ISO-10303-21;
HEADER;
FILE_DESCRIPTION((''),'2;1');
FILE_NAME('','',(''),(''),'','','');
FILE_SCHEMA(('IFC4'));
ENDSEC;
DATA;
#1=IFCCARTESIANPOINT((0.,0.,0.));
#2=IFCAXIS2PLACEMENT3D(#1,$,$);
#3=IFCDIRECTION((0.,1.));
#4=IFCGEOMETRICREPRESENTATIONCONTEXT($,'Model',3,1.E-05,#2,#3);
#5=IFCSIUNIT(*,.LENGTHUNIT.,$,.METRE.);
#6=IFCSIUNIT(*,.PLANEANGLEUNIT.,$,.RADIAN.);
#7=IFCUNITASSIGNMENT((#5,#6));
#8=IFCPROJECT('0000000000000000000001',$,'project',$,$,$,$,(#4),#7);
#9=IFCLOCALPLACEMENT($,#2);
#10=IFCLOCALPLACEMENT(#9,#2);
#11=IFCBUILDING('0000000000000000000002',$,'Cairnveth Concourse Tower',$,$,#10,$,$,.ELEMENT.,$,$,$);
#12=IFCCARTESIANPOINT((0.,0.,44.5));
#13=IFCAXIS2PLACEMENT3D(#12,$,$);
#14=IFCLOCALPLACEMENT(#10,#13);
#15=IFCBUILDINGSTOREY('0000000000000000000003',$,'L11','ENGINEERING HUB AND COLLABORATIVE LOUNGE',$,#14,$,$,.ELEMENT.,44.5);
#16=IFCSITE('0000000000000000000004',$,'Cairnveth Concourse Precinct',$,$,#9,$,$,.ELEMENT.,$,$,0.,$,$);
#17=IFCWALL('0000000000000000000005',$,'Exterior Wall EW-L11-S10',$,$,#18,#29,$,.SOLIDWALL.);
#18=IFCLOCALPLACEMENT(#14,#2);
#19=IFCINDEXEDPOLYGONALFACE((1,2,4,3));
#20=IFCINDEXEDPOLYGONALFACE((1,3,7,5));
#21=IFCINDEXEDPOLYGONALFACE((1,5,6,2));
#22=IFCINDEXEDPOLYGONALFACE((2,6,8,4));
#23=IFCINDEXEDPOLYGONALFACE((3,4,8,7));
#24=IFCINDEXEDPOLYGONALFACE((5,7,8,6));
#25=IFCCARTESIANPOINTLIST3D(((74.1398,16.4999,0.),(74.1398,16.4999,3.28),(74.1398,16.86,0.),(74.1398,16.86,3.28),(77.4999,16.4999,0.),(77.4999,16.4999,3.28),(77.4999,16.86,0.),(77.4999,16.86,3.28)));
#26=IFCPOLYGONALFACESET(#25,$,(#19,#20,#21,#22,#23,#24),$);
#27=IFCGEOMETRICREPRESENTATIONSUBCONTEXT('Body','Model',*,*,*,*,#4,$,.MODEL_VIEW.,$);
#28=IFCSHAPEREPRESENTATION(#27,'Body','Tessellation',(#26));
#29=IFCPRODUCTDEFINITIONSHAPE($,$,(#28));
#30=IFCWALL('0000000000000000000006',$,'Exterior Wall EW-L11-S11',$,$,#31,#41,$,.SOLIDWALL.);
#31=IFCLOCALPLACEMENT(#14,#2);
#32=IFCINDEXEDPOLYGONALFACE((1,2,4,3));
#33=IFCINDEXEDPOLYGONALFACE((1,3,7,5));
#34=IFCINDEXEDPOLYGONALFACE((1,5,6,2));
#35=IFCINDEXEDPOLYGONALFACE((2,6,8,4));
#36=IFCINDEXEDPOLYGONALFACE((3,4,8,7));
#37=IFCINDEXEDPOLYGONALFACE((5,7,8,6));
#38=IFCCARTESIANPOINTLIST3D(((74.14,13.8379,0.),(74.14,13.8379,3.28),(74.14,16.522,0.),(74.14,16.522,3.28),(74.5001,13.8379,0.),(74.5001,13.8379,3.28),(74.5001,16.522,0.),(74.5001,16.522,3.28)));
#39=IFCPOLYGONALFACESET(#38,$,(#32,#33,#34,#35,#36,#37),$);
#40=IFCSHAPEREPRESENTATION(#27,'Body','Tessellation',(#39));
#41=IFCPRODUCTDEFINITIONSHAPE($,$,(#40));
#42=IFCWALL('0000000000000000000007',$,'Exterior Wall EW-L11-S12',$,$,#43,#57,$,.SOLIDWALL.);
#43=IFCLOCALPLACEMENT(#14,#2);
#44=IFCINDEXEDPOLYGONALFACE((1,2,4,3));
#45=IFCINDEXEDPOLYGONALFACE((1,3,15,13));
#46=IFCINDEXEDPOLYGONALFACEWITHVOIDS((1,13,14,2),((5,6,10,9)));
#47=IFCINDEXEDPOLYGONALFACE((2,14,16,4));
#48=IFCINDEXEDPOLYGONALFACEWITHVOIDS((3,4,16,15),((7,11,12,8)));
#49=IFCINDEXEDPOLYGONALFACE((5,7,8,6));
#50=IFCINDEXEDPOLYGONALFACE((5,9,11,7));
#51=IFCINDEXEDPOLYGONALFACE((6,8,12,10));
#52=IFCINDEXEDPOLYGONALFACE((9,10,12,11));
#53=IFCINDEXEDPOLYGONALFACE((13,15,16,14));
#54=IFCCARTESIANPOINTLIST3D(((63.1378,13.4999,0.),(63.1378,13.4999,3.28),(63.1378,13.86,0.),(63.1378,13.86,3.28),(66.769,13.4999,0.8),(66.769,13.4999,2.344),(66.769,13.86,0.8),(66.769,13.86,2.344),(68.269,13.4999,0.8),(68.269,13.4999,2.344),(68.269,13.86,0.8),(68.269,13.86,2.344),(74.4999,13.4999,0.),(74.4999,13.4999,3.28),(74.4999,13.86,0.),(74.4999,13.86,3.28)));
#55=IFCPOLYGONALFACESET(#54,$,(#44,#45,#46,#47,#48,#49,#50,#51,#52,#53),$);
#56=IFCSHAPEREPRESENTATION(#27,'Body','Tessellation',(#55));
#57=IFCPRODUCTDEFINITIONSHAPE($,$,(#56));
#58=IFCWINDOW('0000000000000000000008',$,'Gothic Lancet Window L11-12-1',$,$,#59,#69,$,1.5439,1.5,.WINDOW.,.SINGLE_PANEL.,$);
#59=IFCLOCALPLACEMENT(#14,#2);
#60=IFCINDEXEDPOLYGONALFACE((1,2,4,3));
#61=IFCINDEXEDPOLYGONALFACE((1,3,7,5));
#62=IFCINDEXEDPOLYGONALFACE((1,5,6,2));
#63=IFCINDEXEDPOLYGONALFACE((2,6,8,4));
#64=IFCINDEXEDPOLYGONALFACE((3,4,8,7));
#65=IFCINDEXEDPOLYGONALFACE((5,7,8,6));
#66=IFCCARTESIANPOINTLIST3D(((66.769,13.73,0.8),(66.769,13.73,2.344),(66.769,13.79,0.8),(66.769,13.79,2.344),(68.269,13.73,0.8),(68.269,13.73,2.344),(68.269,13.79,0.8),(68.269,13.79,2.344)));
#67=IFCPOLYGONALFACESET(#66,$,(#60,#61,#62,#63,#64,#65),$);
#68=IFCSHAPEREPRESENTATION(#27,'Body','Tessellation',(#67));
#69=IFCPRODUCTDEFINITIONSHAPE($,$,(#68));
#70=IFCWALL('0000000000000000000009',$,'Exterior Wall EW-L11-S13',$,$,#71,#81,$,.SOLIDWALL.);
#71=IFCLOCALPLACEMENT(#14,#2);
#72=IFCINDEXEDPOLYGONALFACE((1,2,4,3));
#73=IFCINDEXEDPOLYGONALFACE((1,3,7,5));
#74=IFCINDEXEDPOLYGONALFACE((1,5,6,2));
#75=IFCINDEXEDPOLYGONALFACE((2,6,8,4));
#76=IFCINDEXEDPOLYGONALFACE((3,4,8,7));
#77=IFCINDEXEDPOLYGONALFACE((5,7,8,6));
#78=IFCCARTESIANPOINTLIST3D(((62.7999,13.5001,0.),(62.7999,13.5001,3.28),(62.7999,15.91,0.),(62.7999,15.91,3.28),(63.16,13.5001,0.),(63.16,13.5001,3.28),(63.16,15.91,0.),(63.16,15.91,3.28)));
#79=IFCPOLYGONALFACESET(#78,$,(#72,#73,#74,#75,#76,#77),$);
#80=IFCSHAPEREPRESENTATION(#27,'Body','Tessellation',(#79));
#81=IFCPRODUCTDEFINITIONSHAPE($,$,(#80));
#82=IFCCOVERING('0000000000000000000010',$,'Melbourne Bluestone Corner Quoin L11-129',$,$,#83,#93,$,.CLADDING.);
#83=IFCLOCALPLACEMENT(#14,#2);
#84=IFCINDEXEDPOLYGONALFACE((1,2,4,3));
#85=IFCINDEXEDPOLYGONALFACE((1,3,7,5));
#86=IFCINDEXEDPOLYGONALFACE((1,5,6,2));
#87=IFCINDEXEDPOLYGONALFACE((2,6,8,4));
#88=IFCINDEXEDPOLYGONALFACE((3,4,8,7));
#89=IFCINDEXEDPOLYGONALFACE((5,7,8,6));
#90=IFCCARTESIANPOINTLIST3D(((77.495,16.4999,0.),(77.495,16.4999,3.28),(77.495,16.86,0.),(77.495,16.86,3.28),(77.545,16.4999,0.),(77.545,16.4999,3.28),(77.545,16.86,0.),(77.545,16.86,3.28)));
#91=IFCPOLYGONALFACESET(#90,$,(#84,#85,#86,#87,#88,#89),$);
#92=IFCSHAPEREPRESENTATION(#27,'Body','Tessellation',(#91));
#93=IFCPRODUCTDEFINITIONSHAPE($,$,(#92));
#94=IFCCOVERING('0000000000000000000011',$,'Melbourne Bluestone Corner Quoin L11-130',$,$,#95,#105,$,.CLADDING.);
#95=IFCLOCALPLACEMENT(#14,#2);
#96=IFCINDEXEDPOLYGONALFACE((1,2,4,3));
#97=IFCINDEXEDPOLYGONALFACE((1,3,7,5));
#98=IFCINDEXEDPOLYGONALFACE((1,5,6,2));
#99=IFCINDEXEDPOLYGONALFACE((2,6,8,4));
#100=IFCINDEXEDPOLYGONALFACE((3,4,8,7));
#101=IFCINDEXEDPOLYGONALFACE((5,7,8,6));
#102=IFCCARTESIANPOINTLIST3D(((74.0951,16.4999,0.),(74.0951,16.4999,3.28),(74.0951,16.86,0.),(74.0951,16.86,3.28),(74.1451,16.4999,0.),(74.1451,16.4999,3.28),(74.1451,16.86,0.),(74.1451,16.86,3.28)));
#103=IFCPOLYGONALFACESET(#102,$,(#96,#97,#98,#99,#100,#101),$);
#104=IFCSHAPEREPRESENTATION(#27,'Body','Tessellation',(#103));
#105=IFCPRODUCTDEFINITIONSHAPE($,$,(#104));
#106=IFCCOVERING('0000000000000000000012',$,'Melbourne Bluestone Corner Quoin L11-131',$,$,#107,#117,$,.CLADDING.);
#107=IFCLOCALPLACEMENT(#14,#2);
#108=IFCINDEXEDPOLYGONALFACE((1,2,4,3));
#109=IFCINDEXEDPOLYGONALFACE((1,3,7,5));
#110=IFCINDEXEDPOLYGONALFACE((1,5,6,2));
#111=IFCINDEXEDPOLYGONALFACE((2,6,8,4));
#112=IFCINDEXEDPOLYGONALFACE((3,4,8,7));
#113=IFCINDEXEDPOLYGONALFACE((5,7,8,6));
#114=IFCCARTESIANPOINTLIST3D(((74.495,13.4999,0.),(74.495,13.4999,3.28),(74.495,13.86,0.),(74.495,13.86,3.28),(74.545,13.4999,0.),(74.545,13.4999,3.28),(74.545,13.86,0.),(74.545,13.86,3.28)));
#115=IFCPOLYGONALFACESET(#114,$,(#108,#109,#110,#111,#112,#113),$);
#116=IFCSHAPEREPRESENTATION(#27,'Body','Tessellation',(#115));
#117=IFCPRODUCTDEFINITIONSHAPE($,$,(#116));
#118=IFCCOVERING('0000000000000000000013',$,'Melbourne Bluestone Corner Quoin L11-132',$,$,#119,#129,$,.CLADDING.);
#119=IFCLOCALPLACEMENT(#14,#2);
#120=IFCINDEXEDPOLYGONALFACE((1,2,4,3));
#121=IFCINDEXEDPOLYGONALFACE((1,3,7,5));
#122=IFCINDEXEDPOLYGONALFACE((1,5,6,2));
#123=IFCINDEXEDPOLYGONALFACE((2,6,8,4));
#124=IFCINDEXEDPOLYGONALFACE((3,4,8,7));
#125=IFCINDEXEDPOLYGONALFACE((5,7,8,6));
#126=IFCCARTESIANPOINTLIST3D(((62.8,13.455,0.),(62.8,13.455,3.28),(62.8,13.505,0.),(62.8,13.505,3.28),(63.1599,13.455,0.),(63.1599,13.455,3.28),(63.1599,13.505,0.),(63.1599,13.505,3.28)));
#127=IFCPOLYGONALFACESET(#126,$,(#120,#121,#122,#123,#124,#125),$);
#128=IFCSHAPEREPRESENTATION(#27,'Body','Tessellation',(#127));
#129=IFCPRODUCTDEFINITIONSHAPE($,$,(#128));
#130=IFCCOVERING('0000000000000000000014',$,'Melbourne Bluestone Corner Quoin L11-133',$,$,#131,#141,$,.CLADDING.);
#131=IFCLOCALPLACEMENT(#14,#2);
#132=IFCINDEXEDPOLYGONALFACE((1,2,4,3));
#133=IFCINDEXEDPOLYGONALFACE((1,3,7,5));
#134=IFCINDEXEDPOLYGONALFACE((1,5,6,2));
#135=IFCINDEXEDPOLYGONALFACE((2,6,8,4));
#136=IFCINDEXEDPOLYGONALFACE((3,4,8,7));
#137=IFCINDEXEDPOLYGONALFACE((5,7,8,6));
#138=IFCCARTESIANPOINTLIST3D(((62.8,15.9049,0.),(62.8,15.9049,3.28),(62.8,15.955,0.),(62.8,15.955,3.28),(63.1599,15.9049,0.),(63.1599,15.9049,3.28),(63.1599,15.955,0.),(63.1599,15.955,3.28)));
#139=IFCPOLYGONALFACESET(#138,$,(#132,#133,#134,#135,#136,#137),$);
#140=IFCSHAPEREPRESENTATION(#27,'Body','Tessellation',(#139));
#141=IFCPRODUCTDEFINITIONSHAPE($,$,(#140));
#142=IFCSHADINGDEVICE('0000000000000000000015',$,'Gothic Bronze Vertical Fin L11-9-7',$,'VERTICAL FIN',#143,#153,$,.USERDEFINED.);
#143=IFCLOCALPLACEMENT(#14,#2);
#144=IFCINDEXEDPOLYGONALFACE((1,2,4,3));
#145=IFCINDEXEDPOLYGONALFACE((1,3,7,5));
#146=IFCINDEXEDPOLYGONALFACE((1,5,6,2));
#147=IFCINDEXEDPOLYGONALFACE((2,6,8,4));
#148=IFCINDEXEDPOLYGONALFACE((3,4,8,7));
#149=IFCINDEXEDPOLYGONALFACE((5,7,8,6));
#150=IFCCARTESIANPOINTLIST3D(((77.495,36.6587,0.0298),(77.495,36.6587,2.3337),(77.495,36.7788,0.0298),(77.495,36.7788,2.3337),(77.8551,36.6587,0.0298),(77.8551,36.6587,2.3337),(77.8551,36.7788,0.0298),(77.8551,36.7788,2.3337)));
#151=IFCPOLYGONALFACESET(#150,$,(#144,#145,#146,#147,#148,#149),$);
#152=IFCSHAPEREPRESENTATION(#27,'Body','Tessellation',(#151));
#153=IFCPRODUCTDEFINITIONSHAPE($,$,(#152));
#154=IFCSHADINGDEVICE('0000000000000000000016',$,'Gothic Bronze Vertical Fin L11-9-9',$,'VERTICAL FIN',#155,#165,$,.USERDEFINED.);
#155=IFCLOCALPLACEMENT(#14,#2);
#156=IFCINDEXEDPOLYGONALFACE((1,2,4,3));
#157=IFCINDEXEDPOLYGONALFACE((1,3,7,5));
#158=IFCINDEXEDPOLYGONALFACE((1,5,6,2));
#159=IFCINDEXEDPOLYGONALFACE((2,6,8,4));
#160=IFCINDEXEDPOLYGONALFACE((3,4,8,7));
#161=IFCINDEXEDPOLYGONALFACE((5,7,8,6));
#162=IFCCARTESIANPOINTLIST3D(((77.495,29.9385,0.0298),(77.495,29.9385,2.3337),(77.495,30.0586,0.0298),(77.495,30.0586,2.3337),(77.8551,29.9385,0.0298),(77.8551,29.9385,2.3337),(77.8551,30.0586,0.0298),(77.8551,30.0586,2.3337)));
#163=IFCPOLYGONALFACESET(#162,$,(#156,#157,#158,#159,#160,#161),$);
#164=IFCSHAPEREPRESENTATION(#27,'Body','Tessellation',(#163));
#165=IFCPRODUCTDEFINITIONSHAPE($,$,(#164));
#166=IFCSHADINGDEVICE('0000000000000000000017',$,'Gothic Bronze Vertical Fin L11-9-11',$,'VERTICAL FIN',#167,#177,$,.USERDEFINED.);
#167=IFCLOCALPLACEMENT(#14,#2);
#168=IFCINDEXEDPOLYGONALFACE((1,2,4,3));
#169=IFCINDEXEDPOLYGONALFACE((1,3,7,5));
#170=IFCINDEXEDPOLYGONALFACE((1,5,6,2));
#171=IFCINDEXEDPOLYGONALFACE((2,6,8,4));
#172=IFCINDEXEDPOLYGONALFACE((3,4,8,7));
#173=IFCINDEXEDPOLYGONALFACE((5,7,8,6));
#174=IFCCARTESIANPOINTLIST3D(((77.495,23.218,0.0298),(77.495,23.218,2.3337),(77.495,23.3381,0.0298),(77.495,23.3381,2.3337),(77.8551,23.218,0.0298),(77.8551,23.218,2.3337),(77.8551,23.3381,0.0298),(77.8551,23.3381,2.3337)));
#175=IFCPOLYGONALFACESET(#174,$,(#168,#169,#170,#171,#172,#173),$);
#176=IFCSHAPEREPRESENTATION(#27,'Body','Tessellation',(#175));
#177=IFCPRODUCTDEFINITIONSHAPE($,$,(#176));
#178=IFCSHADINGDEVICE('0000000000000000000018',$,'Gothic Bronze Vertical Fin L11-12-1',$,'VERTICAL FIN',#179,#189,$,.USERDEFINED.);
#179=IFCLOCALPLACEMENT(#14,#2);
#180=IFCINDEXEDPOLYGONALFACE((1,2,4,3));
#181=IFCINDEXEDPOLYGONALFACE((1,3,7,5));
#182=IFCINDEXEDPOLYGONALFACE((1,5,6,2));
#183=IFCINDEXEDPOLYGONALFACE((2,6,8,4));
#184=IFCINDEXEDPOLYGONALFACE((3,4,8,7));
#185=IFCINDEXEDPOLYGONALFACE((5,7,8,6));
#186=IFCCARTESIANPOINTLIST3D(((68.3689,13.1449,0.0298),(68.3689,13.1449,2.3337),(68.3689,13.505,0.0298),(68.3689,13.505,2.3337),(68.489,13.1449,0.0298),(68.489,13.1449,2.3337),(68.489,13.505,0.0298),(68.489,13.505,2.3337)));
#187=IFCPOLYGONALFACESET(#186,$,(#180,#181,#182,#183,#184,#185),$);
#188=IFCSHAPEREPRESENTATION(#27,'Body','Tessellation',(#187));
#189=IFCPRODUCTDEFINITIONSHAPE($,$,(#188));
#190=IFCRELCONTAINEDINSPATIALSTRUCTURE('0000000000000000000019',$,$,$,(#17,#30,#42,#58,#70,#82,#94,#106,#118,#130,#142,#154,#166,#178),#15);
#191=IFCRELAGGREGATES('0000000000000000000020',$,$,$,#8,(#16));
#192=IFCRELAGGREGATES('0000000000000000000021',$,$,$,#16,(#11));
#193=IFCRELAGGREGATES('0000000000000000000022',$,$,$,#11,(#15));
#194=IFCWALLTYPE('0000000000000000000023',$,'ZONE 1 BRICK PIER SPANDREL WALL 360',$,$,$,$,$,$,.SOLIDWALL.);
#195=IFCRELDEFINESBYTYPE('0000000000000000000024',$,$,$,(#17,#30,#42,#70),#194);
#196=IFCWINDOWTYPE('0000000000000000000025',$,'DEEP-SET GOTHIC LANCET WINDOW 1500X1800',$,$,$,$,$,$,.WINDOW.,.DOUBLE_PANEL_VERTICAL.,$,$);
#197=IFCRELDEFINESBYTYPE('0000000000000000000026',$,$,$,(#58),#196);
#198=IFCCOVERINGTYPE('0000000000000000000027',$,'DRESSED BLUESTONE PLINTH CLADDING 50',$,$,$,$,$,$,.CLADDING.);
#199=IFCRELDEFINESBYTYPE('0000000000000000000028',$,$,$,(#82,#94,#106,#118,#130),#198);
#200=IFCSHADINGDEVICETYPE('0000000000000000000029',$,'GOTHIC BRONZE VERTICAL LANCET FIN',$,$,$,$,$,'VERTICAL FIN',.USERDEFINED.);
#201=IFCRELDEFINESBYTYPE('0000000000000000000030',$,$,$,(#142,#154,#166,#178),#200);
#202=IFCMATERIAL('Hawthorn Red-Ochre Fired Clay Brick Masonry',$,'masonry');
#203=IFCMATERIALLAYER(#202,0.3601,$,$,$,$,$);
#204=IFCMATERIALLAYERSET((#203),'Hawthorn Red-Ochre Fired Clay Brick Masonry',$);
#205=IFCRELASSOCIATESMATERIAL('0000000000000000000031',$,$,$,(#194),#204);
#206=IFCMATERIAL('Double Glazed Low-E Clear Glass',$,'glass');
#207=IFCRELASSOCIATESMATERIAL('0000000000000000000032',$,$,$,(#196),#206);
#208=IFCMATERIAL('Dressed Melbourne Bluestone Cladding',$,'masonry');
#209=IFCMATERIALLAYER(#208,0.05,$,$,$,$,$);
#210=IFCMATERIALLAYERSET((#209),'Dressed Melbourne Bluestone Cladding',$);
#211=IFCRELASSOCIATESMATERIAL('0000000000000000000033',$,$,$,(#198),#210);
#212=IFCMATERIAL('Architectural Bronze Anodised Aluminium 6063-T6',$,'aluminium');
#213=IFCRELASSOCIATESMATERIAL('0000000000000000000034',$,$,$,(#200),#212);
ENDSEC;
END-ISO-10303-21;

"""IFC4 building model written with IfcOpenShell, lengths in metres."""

from ifc_helpers import new_model, si_unit, direction, frame, frame_2d, origin, origin_2d, place, context, subcontext, project, spatial, rectangle, extrude, material, layer, layer_set, type_object, element, fill, save


model = new_model("IFC4")

# Units and contexts
model_context = context("Model", 3, precision=1e-05, world=origin(), true_north=direction((0.0, 1.0)))
body_context = subcontext(model_context, "Body", "Model", "MODEL_VIEW")
ifc_project = project(units=[si_unit("LENGTHUNIT", "METRE"), si_unit("PLANEANGLEUNIT", "RADIAN")], contexts=[model_context])

# Site, building, storey
site_placement = place(None, origin())
site = spatial("IfcSite", under=ifc_project, at=site_placement, Name="Cairnveth Concourse Precinct", CompositionType="ELEMENT", RefElevation=0.0)
building_placement = place(site_placement, origin())
building = spatial("IfcBuilding", under=site, at=building_placement, Name="Cairnveth Concourse Tower", CompositionType="ELEMENT")
storey_placement = place(building_placement, frame((0.0, 0.0, 44.5)))
storey = spatial("IfcBuildingStorey", under=building, at=storey_placement, Name="L11", Description="ENGINEERING HUB AND COLLABORATIVE LOUNGE", CompositionType="ELEMENT", Elevation=44.5)

# Walls
ifc_material_1 = material(Name="Hawthorn Red-Ochre Fired Clay Brick Masonry", Category="masonry")
ifc_layer_1 = layer(ifc_material_1, 0.3601)
ifc_layer_set_1 = layer_set([ifc_layer_1], Name="Hawthorn Red-Ochre Fired Clay Brick Masonry")
wall_type_1 = type_object("IfcWallType", Name="ZONE 1 BRICK PIER SPANDREL WALL 360", PredefinedType="SOLIDWALL", material=ifc_layer_set_1)
wall_1_placement = place(storey_placement, frame((77.5, 16.6799, 0.0), z_axis=(0.0, 0.0, 1.0), x_axis=(-1.0, 0.0, 0.0)))
element("IfcWall", 1, at=wall_1_placement, inside=storey, type_object=wall_type_1, Name="Exterior Wall EW-L11-S10", PredefinedType="SOLIDWALL", context=body_context, shape_type="SweptSolid", body=[
    extrude(rectangle(XDim=3.3601, YDim=0.3601, at=frame_2d((1.6802, 0.0))), origin(), (0.0, 0.0, 1.0), 3.28),
])
wall_2_placement = place(storey_placement, frame((74.3201, 16.522, 0.0), z_axis=(0.0, 0.0, 1.0), x_axis=(0.0, -1.0, 0.0)))
element("IfcWall", 2, at=wall_2_placement, inside=storey, type_object=wall_type_1, Name="Exterior Wall EW-L11-S11", PredefinedType="SOLIDWALL", context=body_context, shape_type="SweptSolid", body=[
    extrude(rectangle(XDim=2.6841, YDim=0.3601, at=frame_2d((1.342, 0.0))), origin(), (0.0, 0.0, 1.0), 3.28),
])

# Wall, opening, window
wall_3_placement = place(storey_placement, frame((74.5, 13.6799, 0.0), z_axis=(0.0, 0.0, 1.0), x_axis=(-1.0, 0.0, 0.0)))
wall_3 = element("IfcWall", 3, at=wall_3_placement, inside=storey, type_object=wall_type_1, Name="Exterior Wall EW-L11-S12", PredefinedType="SOLIDWALL", context=body_context, shape_type="SweptSolid", body=[
    extrude(rectangle(XDim=11.3621, YDim=0.3601, at=frame_2d((5.6812, 0.0))), origin(), (0.0, 0.0, 1.0), 3.28),
])
opening_1_placement = place(wall_3_placement, frame((6.231, 0.0, 0.8)))
opening_1 = element("IfcOpeningElement", 4, at=opening_1_placement, cuts=wall_3, PredefinedType="OPENING", context=body_context, shape_type="SweptSolid", body=[
    extrude(rectangle(XDim=1.5, YDim=1.5439, at=frame_2d((0.75, 0.772))), frame((0.0, 0.1899, 0.0), z_axis=(0.0, -1.0, 0.0), x_axis=(1.0, 0.0, 0.0)), (0.0, 0.0, 1.0), 0.3801),
])
ifc_material_2 = material(Name="Double Glazed Low-E Clear Glass", Category="glass")
window_type = type_object("IfcWindowType", Name="DEEP-SET GOTHIC LANCET WINDOW 1500X1800", PartitioningType="DOUBLE_PANEL_VERTICAL", PredefinedType="WINDOW", material=ifc_material_2)
window_placement = place(opening_1_placement, origin())
window = element("IfcWindow", 5, at=window_placement, inside=storey, type_object=window_type, Name="Gothic Lancet Window L11-12-1", OverallHeight=1.5439, OverallWidth=1.5, PartitioningType="SINGLE_PANEL", PredefinedType="WINDOW", context=body_context, shape_type="SweptSolid", body=[
    extrude(rectangle(XDim=1.5, YDim=1.5439, at=frame_2d((0.75, 0.772))), frame((0.0, -0.05, 0.0), z_axis=(0.0, -1.0, 0.0), x_axis=(1.0, 0.0, 0.0)), (0.0, 0.0, 1.0), 0.0601),
])
fill(opening_1, window)

# Wall
wall_4_placement = place(storey_placement, frame((62.98, 13.5, 0.0), z_axis=(0.0, 0.0, 1.0), x_axis=(0.0, 1.0, 0.0)))
element("IfcWall", 6, at=wall_4_placement, inside=storey, type_object=wall_type_1, Name="Exterior Wall EW-L11-S13", PredefinedType="SOLIDWALL", context=body_context, shape_type="SweptSolid", body=[
    extrude(rectangle(XDim=2.4099, YDim=0.3601, at=frame_2d((1.2051, 0.0))), origin(), (0.0, 0.0, 1.0), 3.28),
])

# Coverings
ifc_material_3 = material(Name="Dressed Melbourne Bluestone Cladding", Category="masonry")
ifc_layer_2 = layer(ifc_material_3, 0.05)
ifc_layer_set_2 = layer_set([ifc_layer_2], Name="Dressed Melbourne Bluestone Cladding")
covering_type = type_object("IfcCoveringType", Name="DRESSED BLUESTONE PLINTH CLADDING 50", PredefinedType="CLADDING", material=ifc_layer_set_2)
for number, where, z_axis, x_axis, name in (
    (7, (77.52, 16.8601, 0.0), (0.0, 0.0, 1.0), (0.0, -1.0, 0.0), "Melbourne Bluestone Corner Quoin L11-129"),
    (8, (74.1201, 16.8601, 0.0), (0.0, 0.0, 1.0), (0.0, -1.0, 0.0), "Melbourne Bluestone Corner Quoin L11-130"),
    (9, (74.52, 13.8601, 0.0), (0.0, 0.0, 1.0), (0.0, -1.0, 0.0), "Melbourne Bluestone Corner Quoin L11-131"),
):
    element("IfcCovering", number, at=place(storey_placement, frame(where, z_axis=z_axis, x_axis=x_axis)), inside=storey, type_object=covering_type, Name=name, PredefinedType="CLADDING", context=body_context, shape_type="SweptSolid", body=[
        extrude(rectangle(XDim=0.3601, YDim=0.05, at=frame_2d((0.1802, 0.0))), origin(), (0.0, 0.0, 1.0), 3.28),
    ])
for number, where, z_axis, x_axis, name in (
    (10, (63.1599, 13.48, 0.0), (0.0, 0.0, 1.0), (-1.0, 0.0, 0.0), "Melbourne Bluestone Corner Quoin L11-132"),
    (11, (63.1599, 15.9299, 0.0), (0.0, 0.0, 1.0), (-1.0, 0.0, 0.0), "Melbourne Bluestone Corner Quoin L11-133"),
):
    element("IfcCovering", number, at=place(storey_placement, frame(where, z_axis=z_axis, x_axis=x_axis)), inside=storey, type_object=covering_type, Name=name, PredefinedType="CLADDING", context=body_context, shape_type="SweptSolid", body=[
        extrude(rectangle(XDim=0.3599, YDim=0.05, at=frame_2d((0.1799, 0.0))), origin(), (0.0, 0.0, 1.0), 3.28),
    ])

# Shading devices
ifc_material_4 = material(Name="Architectural Bronze Anodised Aluminium 6063-T6", Category="aluminium")
shading_device_type = type_object("IfcShadingDeviceType", Name="GOTHIC BRONZE VERTICAL LANCET FIN", ElementType="VERTICAL FIN", PredefinedType="USERDEFINED", material=ifc_material_4)
for number, where, z_axis, x_axis, name in (
    (12, (77.675, 36.7188, 0.0298), (0.0, 0.0, 1.0), (0.0, 1.0, 0.0), "Gothic Bronze Vertical Fin L11-9-7"),
    (13, (77.675, 29.9985, 0.0298), (0.0, 0.0, 1.0), (0.0, 1.0, 0.0), "Gothic Bronze Vertical Fin L11-9-9"),
    (14, (77.675, 23.2781, 0.0298), (0.0, 0.0, 1.0), (0.0, 1.0, 0.0), "Gothic Bronze Vertical Fin L11-9-11"),
    (15, (68.429, 13.325, 0.0298), (0.0, 0.0, 1.0), (1.0, 0.0, 0.0), "Gothic Bronze Vertical Fin L11-12-1"),
):
    element("IfcShadingDevice", number, at=place(storey_placement, frame(where, z_axis=z_axis, x_axis=x_axis)), inside=storey, type_object=shading_device_type, Name=name, ObjectType="VERTICAL FIN", PredefinedType="USERDEFINED", context=body_context, shape_type="SweptSolid", body=[
        extrude(rectangle(XDim=0.1201, YDim=0.3601, at=origin_2d()), origin(), (0.0, 0.0, 1.0), 2.304),
    ])

save(model, "model.ifc")
